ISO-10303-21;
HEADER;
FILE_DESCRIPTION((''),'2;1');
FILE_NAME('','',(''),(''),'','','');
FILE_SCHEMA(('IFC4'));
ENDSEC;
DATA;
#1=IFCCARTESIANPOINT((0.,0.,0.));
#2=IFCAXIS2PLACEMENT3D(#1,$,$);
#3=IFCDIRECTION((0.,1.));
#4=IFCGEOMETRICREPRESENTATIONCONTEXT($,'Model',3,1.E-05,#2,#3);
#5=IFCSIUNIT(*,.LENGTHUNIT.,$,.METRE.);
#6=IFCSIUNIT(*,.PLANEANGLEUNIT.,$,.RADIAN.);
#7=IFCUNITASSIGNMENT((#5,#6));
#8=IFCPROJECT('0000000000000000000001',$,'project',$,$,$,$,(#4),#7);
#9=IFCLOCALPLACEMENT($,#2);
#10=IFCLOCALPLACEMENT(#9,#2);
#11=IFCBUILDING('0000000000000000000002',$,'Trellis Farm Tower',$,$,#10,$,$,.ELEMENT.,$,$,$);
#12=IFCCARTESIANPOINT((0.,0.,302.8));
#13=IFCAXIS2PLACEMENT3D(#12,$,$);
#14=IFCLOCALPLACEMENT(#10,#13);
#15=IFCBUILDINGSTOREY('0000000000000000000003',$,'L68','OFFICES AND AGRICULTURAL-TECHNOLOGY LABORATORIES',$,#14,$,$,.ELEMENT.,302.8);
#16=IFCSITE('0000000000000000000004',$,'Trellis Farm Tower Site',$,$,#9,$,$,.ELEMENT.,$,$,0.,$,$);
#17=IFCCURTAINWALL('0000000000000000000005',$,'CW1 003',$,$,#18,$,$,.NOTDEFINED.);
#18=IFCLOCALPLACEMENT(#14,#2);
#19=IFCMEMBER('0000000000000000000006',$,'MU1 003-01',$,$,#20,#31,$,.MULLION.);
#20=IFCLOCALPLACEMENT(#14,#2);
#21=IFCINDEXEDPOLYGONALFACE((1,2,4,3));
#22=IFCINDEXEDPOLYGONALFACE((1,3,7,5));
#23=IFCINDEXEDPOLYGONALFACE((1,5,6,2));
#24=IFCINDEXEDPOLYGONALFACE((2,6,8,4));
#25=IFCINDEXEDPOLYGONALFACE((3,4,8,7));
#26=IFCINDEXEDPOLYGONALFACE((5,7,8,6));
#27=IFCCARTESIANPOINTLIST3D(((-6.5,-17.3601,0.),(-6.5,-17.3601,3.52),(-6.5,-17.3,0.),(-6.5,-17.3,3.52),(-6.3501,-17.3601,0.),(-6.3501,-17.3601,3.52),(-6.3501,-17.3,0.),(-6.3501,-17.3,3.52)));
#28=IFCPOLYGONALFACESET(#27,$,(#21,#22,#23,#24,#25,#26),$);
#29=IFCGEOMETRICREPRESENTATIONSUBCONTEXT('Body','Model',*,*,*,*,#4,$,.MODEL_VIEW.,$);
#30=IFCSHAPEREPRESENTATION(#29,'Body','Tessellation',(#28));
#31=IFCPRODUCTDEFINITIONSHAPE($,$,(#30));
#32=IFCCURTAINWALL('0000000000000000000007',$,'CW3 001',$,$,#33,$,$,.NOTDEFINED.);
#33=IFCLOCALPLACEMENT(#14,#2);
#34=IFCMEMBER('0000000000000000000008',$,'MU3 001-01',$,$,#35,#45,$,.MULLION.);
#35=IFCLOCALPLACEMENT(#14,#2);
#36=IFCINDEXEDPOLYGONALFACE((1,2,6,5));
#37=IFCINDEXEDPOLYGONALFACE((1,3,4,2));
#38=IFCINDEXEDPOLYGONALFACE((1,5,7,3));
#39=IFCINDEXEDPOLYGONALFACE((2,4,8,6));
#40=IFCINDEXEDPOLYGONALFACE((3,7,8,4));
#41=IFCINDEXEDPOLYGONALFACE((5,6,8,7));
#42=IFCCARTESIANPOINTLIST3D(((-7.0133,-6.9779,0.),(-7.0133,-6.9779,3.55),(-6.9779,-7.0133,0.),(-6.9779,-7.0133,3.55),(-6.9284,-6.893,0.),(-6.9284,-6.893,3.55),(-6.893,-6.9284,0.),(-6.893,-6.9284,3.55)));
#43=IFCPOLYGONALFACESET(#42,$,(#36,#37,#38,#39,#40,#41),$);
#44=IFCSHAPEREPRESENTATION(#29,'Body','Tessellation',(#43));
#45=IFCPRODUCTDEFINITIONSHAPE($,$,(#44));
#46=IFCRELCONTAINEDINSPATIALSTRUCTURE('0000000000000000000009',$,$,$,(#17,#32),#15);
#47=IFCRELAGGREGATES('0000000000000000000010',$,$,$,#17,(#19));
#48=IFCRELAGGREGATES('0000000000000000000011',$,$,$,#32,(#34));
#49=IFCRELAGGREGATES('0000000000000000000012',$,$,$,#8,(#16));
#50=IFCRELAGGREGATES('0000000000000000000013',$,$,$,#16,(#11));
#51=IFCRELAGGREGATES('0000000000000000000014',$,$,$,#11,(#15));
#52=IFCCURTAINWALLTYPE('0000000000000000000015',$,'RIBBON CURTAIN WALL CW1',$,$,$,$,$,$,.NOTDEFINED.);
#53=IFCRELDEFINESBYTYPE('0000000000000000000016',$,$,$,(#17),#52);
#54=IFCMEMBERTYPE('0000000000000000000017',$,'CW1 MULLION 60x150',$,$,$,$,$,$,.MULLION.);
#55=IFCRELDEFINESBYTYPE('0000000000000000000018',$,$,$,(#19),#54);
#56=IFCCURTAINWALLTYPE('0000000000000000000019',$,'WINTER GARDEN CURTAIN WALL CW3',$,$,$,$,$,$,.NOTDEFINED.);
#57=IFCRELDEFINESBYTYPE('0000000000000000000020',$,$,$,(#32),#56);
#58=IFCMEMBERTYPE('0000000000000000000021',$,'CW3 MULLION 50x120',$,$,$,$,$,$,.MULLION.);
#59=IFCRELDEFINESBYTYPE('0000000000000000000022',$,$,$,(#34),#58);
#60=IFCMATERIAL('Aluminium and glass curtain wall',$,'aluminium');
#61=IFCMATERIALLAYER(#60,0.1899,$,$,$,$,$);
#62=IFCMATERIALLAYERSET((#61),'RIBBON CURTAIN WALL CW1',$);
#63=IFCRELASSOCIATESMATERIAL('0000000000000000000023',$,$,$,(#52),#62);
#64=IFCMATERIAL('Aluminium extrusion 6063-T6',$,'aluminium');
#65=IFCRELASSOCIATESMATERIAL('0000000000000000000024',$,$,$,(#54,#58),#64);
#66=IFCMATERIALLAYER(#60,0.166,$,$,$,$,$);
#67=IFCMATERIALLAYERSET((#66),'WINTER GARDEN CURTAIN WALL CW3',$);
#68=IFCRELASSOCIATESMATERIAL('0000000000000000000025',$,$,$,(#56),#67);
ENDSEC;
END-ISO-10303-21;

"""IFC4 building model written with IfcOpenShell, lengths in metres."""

from ifc_helpers import new_model, si_unit, direction, frame, origin, origin_2d, place, context, subcontext, project, spatial, rectangle, extrude, source, transform, mapped, material, layer, layer_set, material_profile, profile_set, type_object, element, aggregate, save


model = new_model("IFC4")

# Units and contexts
model_context = context("Model", 3, precision=1e-05, world=origin(), true_north=direction((0.0, 1.0)))
body_context = subcontext(model_context, "Body", "Model", "MODEL_VIEW")
ifc_project = project(units=[si_unit("LENGTHUNIT", "METRE"), si_unit("PLANEANGLEUNIT", "RADIAN")], contexts=[model_context])

# Site, building, storey
site_placement = place(None, origin())
site = spatial("IfcSite", under=ifc_project, at=site_placement, Name="Trellis Farm Tower Site", CompositionType="ELEMENT", RefElevation=0.0)
building_placement = place(site_placement, origin())
building = spatial("IfcBuilding", under=site, at=building_placement, Name="Trellis Farm Tower", CompositionType="ELEMENT")
storey_placement = place(building_placement, frame((0.0, 0.0, 302.8)))
storey = spatial("IfcBuildingStorey", under=building, at=storey_placement, Name="L68", Description="OFFICES AND AGRICULTURAL-TECHNOLOGY LABORATORIES", CompositionType="ELEMENT", Elevation=302.8)

# Shared definitions
ifc_material_1 = material(Name="Aluminium and glass curtain wall", Category="aluminium")
ifc_layer_1 = layer(ifc_material_1, 0.1899)
ifc_layer_set_1 = layer_set([ifc_layer_1], Name="RIBBON CURTAIN WALL CW1")
curtain_wall_type_1 = type_object("IfcCurtainWallType", Name="RIBBON CURTAIN WALL CW1", PredefinedType="NOTDEFINED", material=ifc_layer_set_1)
placement = place(storey_placement, origin())
ifc_material_2 = material(Name="Aluminium extrusion 6063-T6", Category="aluminium")
ifc_material_profile_1 = material_profile(ifc_material_2, rectangle(XDim=0.0601, YDim=0.1499, at=origin_2d()), Name="MULLION 60x150")
ifc_profile_set_1 = profile_set([ifc_material_profile_1], Name="Aluminium extrusion 6063-T6")
member_type_1 = type_object("IfcMemberType", Name="CW1 MULLION 60x150", PredefinedType="MULLION", material=ifc_profile_set_1)
shared_shape_1 = source(origin(), body_context, "Body", "SweptSolid", [
    extrude(rectangle(XDim=0.0601, YDim=0.1499, at=origin_2d()), origin(), (0.0, 0.0, 1.0), 3.52),
])

# Curtain walls, members
curtain_wall_1 = element("IfcCurtainWall", 1, at=placement, inside=storey, type_object=curtain_wall_type_1, Name="CW1 003", PredefinedType="NOTDEFINED")
member_1_placement = place(storey_placement, frame((-6.425, -17.3301, 0.0), z_axis=(0.0, 0.0, 1.0), x_axis=(0.0, -1.0, 0.0)))
member_1 = element("IfcMember", 2, at=member_1_placement, type_object=member_type_1, Name="MU1 003-01", PredefinedType="MULLION", context=body_context, shape_type="MappedRepresentation", body=[
    mapped(shared_shape_1, transform((0.0, 0.0, 0.0))),
])
aggregate(curtain_wall_1, [member_1])
ifc_layer_2 = layer(ifc_material_1, 0.166)
ifc_layer_set_2 = layer_set([ifc_layer_2], Name="WINTER GARDEN CURTAIN WALL CW3")
curtain_wall_type_2 = type_object("IfcCurtainWallType", Name="WINTER GARDEN CURTAIN WALL CW3", PredefinedType="NOTDEFINED", material=ifc_layer_set_2)
curtain_wall_2 = element("IfcCurtainWall", 3, at=placement, inside=storey, type_object=curtain_wall_type_2, Name="CW3 001", PredefinedType="NOTDEFINED")
ifc_material_profile_2 = material_profile(ifc_material_2, rectangle(XDim=0.05, YDim=0.1201, at=origin_2d()), Name="MULLION 50x120")
ifc_profile_set_2 = profile_set([ifc_material_profile_2], Name="Aluminium extrusion 6063-T6")
member_type_2 = type_object("IfcMemberType", Name="CW3 MULLION 50x120", PredefinedType="MULLION", material=ifc_profile_set_2)
shared_shape_2 = source(origin(), body_context, "Body", "SweptSolid", [
    extrude(rectangle(XDim=0.05, YDim=0.1201, at=origin_2d()), origin(), (0.0, 0.0, 1.0), 3.55),
])
member_2_placement = place(storey_placement, frame((-6.9531, -6.9531, 0.0), z_axis=(0.0, 0.0, 1.0), x_axis=(0.707107, -0.707107, 0.0)))
member_2 = element("IfcMember", 4, at=member_2_placement, type_object=member_type_2, Name="MU3 001-01", PredefinedType="MULLION", context=body_context, shape_type="MappedRepresentation", body=[
    mapped(shared_shape_2, transform((0.0, 0.0, 0.0))),
])
aggregate(curtain_wall_2, [member_2])

save(model, "model.ifc")
